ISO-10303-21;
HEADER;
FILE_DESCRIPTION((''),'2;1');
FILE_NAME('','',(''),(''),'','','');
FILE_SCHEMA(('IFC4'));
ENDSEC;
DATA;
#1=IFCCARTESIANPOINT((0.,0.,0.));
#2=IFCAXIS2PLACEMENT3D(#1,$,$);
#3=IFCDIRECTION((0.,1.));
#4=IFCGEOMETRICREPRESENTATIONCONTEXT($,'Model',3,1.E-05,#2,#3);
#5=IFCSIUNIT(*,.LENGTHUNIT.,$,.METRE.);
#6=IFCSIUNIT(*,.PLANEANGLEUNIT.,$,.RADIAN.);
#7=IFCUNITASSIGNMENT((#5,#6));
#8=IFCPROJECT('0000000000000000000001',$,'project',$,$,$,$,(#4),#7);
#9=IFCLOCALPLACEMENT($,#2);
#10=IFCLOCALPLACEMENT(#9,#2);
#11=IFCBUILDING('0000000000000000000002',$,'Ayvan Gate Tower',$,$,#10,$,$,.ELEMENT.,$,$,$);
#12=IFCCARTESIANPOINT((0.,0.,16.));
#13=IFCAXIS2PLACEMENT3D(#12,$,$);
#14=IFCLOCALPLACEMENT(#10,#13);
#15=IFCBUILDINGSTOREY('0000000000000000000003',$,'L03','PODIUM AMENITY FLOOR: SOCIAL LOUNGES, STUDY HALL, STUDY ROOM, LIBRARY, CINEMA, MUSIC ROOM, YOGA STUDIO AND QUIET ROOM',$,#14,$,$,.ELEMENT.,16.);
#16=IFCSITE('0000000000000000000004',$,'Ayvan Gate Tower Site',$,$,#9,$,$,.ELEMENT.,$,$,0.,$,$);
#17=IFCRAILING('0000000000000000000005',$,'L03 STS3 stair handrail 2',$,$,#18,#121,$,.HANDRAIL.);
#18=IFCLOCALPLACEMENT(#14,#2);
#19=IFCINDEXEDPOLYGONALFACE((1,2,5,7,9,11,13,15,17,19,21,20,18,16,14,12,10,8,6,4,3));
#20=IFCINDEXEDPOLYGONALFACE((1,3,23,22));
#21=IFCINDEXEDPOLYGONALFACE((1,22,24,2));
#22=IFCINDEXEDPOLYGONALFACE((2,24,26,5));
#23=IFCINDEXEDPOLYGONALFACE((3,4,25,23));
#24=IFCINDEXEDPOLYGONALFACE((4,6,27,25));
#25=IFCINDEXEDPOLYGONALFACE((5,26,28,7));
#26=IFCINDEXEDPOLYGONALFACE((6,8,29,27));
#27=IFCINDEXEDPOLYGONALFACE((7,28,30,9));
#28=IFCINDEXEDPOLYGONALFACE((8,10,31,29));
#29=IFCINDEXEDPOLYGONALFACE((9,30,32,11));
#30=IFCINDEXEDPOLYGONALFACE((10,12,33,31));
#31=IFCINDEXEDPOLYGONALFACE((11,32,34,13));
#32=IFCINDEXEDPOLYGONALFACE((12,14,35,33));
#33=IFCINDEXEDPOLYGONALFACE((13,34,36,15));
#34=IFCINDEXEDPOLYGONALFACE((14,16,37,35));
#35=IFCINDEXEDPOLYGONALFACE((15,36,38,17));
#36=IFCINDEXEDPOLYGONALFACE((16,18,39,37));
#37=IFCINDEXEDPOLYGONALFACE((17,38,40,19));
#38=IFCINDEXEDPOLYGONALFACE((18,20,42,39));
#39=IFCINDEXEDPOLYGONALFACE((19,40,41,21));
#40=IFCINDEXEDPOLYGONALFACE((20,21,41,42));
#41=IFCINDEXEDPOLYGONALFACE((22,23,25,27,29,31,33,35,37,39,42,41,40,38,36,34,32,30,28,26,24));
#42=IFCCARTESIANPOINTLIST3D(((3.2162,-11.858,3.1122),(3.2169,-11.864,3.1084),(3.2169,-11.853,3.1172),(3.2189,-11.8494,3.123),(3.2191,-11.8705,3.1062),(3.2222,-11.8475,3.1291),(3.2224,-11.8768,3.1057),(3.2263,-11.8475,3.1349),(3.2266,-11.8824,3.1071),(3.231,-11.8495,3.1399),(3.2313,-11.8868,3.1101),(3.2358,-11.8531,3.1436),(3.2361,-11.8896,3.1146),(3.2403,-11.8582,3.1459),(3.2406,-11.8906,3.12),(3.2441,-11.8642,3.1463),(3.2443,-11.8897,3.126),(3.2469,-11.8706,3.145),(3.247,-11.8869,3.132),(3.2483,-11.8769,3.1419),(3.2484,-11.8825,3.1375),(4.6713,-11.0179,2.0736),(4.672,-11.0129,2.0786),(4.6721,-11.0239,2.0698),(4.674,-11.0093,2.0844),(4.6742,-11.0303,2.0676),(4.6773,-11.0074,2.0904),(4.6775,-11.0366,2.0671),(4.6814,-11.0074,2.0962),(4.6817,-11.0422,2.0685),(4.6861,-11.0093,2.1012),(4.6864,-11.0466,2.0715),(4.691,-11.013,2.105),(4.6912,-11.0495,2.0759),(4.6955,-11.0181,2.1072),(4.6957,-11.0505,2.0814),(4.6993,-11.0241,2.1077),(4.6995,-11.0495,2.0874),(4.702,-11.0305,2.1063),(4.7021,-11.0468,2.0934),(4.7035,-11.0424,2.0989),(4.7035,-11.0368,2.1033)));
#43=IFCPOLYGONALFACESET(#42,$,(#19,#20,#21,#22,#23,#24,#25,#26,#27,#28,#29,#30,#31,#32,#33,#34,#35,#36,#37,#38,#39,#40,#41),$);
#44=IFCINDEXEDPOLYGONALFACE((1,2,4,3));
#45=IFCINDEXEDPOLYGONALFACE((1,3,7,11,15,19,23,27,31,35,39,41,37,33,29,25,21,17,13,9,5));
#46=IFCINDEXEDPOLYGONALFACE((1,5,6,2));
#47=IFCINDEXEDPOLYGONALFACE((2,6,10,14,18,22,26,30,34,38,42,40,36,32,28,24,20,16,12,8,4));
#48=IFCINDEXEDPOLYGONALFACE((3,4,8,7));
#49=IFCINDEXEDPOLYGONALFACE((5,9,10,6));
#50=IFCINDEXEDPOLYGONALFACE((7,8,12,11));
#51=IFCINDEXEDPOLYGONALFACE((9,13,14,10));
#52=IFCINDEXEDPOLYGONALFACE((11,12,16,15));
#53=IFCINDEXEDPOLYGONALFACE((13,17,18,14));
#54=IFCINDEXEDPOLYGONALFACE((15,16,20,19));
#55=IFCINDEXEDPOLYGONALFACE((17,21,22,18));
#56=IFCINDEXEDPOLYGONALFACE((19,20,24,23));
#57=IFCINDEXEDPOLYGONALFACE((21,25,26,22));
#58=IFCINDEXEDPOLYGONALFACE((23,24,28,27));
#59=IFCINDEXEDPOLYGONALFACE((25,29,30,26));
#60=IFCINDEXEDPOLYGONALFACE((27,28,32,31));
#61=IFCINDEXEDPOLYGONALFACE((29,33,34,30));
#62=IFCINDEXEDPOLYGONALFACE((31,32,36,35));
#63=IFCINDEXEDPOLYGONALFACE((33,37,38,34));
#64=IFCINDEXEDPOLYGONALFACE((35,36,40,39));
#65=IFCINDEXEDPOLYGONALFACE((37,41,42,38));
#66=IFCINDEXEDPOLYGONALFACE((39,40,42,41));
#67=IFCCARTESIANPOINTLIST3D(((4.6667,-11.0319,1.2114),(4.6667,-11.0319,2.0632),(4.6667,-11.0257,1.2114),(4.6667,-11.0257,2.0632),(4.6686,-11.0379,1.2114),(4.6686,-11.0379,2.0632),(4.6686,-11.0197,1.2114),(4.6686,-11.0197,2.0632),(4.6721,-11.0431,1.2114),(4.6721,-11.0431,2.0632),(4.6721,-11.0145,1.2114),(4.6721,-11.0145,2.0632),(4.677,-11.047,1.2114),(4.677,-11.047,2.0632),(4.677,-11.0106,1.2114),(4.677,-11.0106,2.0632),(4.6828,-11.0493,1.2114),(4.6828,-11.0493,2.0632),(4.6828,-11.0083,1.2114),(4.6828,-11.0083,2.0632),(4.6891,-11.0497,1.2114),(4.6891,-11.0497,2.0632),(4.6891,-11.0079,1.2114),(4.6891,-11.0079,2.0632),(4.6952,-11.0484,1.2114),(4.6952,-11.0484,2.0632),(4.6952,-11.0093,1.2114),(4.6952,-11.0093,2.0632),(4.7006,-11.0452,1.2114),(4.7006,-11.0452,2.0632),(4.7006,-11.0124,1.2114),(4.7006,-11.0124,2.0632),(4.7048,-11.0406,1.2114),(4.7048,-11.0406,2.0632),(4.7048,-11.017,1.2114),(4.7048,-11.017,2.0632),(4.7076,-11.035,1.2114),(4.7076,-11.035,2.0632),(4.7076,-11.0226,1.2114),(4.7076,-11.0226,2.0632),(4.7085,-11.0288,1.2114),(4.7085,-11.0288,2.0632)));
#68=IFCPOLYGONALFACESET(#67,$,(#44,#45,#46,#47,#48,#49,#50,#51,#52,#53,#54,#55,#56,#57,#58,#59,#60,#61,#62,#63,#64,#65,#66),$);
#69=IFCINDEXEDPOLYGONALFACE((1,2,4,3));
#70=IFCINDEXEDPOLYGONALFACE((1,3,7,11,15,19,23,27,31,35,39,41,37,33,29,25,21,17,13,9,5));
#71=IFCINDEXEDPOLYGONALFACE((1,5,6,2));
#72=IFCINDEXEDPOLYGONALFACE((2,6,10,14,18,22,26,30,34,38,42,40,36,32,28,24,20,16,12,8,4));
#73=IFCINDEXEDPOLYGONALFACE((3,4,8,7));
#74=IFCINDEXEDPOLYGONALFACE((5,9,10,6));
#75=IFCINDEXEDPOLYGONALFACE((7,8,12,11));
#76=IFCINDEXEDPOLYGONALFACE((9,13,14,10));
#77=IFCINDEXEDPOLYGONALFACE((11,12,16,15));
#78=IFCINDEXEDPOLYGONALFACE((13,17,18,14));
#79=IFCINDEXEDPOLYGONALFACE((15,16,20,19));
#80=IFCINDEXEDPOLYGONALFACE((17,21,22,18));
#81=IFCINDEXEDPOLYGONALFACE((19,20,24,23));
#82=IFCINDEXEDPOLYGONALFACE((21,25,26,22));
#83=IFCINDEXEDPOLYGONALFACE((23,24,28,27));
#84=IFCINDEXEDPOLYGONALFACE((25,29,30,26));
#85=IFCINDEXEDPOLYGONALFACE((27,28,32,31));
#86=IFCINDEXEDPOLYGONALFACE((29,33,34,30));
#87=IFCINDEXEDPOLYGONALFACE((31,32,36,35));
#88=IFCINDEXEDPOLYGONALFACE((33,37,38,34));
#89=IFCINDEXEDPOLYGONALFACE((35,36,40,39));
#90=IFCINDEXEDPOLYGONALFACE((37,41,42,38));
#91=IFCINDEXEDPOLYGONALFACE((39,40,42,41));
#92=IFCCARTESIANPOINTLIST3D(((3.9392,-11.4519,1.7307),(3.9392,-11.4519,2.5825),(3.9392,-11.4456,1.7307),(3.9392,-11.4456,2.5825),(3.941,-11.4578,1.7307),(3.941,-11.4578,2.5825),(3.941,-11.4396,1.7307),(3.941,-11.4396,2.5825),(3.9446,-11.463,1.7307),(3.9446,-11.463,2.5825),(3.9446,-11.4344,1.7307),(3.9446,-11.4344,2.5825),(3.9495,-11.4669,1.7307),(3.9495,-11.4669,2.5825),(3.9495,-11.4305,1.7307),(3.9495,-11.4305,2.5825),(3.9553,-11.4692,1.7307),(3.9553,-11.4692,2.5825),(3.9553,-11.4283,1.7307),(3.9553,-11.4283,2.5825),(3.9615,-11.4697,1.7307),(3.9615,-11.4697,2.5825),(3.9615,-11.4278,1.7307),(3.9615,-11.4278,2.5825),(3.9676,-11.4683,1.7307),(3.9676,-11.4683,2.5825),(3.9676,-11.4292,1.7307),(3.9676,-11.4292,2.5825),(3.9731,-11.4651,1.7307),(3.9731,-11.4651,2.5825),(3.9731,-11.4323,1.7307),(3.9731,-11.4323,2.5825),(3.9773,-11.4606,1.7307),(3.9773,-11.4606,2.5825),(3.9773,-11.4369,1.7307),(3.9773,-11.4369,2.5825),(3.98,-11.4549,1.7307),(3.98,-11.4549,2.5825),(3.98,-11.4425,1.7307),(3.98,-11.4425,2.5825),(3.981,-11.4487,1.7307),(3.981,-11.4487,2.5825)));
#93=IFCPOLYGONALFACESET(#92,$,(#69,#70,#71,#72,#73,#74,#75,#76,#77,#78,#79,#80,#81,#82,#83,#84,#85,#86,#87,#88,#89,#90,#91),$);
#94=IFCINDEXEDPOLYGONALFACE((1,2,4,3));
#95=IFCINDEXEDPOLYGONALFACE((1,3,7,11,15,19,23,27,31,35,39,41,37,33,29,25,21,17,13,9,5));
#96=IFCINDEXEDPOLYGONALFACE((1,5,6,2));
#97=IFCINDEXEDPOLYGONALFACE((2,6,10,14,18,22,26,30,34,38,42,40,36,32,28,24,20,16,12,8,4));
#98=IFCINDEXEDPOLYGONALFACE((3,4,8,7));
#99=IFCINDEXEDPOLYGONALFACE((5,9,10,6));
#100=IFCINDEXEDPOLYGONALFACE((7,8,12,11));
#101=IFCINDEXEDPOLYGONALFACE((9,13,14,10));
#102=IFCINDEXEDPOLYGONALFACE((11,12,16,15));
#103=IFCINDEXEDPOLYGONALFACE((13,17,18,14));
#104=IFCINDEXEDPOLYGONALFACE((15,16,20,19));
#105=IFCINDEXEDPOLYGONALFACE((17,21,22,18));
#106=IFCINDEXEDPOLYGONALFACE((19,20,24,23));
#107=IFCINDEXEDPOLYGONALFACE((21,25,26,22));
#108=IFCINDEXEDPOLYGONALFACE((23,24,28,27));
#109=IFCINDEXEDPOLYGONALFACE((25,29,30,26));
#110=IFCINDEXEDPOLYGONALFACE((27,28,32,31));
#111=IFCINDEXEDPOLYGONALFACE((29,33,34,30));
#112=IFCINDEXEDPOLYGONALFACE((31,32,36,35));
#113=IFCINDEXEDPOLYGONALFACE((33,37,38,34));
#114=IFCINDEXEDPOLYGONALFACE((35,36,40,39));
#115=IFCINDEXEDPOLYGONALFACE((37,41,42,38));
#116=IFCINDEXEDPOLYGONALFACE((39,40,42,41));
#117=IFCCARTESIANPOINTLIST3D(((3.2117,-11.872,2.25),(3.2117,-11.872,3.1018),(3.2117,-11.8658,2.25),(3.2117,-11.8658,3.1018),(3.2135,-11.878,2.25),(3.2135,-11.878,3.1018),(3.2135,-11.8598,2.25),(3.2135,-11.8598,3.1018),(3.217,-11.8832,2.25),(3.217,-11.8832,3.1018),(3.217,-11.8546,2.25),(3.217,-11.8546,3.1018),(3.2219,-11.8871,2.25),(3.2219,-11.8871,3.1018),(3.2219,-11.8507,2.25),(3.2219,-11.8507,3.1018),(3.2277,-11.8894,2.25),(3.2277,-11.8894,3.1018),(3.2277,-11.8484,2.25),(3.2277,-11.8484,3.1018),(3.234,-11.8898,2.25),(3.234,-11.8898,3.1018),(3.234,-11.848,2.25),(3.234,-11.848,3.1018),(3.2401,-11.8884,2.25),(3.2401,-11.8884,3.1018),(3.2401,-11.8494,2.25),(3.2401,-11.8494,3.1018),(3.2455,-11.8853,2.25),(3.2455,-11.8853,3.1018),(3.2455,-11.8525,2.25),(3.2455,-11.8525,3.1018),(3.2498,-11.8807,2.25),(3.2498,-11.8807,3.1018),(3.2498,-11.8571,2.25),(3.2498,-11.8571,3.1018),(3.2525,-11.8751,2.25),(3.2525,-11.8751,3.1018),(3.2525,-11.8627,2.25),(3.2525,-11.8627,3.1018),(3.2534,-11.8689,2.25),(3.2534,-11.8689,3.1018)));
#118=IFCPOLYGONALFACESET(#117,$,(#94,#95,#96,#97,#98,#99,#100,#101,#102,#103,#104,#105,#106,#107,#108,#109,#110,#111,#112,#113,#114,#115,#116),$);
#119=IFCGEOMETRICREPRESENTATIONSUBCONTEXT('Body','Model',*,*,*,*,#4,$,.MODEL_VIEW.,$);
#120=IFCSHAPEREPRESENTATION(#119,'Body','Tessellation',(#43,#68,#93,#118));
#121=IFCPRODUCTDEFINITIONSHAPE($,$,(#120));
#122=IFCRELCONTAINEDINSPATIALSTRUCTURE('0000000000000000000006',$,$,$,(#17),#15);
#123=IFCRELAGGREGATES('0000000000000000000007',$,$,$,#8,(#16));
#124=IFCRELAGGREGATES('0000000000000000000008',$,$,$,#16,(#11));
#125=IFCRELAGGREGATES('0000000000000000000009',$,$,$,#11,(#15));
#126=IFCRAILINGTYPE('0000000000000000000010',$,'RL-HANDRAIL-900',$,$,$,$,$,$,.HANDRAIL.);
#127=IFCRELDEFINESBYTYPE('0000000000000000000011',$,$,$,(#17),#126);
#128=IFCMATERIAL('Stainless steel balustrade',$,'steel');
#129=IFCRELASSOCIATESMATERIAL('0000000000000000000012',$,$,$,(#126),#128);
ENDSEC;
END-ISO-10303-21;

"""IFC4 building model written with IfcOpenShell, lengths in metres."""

from ifc_helpers import new_model, si_unit, direction, frame, origin, origin_2d, place, context, subcontext, project, spatial, circle, extrude, material, type_object, element, save


model = new_model("IFC4")

# Units and contexts
model_context = context("Model", 3, precision=1e-05, world=origin(), true_north=direction((0.0, 1.0)))
body_context = subcontext(model_context, "Body", "Model", "MODEL_VIEW")
ifc_project = project(units=[si_unit("LENGTHUNIT", "METRE"), si_unit("PLANEANGLEUNIT", "RADIAN")], contexts=[model_context])

# Site, building, storey
site_placement = place(None, origin())
site = spatial("IfcSite", under=ifc_project, at=site_placement, Name="Ayvan Gate Tower Site", CompositionType="ELEMENT", RefElevation=0.0)
building_placement = place(site_placement, origin())
building = spatial("IfcBuilding", under=site, at=building_placement, Name="Ayvan Gate Tower", CompositionType="ELEMENT")
storey_placement = place(building_placement, frame((0.0, 0.0, 16.0)))
storey = spatial("IfcBuildingStorey", under=building, at=storey_placement, Name="L03", Description="PODIUM AMENITY FLOOR: SOCIAL LOUNGES, STUDY HALL, STUDY ROOM, LIBRARY, CINEMA, MUSIC ROOM, YOGA STUDIO AND QUIET ROOM", CompositionType="ELEMENT", Elevation=16.0)

# Railing
ifc_material_1 = material(Name="Stainless steel balustrade", Category="steel")
railing_type_1 = type_object("IfcRailingType", Name="RL-HANDRAIL-900", PredefinedType="HANDRAIL", material=ifc_material_1)
railing_1_placement = place(storey_placement, frame((4.6875, -11.0288, 1.2114)))
element("IfcRailing", 1, at=railing_1_placement, inside=storey, type_object=railing_type_1, Name="L03 STS3 stair handrail 2", PredefinedType="HANDRAIL", context=body_context, shape_type="SweptSolid", body=[
    extrude(circle(Radius=0.0239, at=origin_2d()), frame((0.0, 0.0, 0.876), z_axis=(-0.736653, -0.425306, 0.525792), x_axis=(0.499999, -0.866026, 0.0)), (0.0, 0.0, 1.0), 1.9753),
    extrude(circle(Radius=0.021, at=origin_2d()), origin(), (0.0, 0.0, 1.0), 0.8518),
    extrude(circle(Radius=0.021, at=origin_2d()), frame((-0.7275, -0.4199, 0.5193)), (0.0, 0.0, 1.0), 0.8518),
    extrude(circle(Radius=0.021, at=origin_2d()), frame((-1.4551, -0.8401, 1.0386)), (0.0, 0.0, 1.0), 0.8518),
])

save(model, "model.ifc")
